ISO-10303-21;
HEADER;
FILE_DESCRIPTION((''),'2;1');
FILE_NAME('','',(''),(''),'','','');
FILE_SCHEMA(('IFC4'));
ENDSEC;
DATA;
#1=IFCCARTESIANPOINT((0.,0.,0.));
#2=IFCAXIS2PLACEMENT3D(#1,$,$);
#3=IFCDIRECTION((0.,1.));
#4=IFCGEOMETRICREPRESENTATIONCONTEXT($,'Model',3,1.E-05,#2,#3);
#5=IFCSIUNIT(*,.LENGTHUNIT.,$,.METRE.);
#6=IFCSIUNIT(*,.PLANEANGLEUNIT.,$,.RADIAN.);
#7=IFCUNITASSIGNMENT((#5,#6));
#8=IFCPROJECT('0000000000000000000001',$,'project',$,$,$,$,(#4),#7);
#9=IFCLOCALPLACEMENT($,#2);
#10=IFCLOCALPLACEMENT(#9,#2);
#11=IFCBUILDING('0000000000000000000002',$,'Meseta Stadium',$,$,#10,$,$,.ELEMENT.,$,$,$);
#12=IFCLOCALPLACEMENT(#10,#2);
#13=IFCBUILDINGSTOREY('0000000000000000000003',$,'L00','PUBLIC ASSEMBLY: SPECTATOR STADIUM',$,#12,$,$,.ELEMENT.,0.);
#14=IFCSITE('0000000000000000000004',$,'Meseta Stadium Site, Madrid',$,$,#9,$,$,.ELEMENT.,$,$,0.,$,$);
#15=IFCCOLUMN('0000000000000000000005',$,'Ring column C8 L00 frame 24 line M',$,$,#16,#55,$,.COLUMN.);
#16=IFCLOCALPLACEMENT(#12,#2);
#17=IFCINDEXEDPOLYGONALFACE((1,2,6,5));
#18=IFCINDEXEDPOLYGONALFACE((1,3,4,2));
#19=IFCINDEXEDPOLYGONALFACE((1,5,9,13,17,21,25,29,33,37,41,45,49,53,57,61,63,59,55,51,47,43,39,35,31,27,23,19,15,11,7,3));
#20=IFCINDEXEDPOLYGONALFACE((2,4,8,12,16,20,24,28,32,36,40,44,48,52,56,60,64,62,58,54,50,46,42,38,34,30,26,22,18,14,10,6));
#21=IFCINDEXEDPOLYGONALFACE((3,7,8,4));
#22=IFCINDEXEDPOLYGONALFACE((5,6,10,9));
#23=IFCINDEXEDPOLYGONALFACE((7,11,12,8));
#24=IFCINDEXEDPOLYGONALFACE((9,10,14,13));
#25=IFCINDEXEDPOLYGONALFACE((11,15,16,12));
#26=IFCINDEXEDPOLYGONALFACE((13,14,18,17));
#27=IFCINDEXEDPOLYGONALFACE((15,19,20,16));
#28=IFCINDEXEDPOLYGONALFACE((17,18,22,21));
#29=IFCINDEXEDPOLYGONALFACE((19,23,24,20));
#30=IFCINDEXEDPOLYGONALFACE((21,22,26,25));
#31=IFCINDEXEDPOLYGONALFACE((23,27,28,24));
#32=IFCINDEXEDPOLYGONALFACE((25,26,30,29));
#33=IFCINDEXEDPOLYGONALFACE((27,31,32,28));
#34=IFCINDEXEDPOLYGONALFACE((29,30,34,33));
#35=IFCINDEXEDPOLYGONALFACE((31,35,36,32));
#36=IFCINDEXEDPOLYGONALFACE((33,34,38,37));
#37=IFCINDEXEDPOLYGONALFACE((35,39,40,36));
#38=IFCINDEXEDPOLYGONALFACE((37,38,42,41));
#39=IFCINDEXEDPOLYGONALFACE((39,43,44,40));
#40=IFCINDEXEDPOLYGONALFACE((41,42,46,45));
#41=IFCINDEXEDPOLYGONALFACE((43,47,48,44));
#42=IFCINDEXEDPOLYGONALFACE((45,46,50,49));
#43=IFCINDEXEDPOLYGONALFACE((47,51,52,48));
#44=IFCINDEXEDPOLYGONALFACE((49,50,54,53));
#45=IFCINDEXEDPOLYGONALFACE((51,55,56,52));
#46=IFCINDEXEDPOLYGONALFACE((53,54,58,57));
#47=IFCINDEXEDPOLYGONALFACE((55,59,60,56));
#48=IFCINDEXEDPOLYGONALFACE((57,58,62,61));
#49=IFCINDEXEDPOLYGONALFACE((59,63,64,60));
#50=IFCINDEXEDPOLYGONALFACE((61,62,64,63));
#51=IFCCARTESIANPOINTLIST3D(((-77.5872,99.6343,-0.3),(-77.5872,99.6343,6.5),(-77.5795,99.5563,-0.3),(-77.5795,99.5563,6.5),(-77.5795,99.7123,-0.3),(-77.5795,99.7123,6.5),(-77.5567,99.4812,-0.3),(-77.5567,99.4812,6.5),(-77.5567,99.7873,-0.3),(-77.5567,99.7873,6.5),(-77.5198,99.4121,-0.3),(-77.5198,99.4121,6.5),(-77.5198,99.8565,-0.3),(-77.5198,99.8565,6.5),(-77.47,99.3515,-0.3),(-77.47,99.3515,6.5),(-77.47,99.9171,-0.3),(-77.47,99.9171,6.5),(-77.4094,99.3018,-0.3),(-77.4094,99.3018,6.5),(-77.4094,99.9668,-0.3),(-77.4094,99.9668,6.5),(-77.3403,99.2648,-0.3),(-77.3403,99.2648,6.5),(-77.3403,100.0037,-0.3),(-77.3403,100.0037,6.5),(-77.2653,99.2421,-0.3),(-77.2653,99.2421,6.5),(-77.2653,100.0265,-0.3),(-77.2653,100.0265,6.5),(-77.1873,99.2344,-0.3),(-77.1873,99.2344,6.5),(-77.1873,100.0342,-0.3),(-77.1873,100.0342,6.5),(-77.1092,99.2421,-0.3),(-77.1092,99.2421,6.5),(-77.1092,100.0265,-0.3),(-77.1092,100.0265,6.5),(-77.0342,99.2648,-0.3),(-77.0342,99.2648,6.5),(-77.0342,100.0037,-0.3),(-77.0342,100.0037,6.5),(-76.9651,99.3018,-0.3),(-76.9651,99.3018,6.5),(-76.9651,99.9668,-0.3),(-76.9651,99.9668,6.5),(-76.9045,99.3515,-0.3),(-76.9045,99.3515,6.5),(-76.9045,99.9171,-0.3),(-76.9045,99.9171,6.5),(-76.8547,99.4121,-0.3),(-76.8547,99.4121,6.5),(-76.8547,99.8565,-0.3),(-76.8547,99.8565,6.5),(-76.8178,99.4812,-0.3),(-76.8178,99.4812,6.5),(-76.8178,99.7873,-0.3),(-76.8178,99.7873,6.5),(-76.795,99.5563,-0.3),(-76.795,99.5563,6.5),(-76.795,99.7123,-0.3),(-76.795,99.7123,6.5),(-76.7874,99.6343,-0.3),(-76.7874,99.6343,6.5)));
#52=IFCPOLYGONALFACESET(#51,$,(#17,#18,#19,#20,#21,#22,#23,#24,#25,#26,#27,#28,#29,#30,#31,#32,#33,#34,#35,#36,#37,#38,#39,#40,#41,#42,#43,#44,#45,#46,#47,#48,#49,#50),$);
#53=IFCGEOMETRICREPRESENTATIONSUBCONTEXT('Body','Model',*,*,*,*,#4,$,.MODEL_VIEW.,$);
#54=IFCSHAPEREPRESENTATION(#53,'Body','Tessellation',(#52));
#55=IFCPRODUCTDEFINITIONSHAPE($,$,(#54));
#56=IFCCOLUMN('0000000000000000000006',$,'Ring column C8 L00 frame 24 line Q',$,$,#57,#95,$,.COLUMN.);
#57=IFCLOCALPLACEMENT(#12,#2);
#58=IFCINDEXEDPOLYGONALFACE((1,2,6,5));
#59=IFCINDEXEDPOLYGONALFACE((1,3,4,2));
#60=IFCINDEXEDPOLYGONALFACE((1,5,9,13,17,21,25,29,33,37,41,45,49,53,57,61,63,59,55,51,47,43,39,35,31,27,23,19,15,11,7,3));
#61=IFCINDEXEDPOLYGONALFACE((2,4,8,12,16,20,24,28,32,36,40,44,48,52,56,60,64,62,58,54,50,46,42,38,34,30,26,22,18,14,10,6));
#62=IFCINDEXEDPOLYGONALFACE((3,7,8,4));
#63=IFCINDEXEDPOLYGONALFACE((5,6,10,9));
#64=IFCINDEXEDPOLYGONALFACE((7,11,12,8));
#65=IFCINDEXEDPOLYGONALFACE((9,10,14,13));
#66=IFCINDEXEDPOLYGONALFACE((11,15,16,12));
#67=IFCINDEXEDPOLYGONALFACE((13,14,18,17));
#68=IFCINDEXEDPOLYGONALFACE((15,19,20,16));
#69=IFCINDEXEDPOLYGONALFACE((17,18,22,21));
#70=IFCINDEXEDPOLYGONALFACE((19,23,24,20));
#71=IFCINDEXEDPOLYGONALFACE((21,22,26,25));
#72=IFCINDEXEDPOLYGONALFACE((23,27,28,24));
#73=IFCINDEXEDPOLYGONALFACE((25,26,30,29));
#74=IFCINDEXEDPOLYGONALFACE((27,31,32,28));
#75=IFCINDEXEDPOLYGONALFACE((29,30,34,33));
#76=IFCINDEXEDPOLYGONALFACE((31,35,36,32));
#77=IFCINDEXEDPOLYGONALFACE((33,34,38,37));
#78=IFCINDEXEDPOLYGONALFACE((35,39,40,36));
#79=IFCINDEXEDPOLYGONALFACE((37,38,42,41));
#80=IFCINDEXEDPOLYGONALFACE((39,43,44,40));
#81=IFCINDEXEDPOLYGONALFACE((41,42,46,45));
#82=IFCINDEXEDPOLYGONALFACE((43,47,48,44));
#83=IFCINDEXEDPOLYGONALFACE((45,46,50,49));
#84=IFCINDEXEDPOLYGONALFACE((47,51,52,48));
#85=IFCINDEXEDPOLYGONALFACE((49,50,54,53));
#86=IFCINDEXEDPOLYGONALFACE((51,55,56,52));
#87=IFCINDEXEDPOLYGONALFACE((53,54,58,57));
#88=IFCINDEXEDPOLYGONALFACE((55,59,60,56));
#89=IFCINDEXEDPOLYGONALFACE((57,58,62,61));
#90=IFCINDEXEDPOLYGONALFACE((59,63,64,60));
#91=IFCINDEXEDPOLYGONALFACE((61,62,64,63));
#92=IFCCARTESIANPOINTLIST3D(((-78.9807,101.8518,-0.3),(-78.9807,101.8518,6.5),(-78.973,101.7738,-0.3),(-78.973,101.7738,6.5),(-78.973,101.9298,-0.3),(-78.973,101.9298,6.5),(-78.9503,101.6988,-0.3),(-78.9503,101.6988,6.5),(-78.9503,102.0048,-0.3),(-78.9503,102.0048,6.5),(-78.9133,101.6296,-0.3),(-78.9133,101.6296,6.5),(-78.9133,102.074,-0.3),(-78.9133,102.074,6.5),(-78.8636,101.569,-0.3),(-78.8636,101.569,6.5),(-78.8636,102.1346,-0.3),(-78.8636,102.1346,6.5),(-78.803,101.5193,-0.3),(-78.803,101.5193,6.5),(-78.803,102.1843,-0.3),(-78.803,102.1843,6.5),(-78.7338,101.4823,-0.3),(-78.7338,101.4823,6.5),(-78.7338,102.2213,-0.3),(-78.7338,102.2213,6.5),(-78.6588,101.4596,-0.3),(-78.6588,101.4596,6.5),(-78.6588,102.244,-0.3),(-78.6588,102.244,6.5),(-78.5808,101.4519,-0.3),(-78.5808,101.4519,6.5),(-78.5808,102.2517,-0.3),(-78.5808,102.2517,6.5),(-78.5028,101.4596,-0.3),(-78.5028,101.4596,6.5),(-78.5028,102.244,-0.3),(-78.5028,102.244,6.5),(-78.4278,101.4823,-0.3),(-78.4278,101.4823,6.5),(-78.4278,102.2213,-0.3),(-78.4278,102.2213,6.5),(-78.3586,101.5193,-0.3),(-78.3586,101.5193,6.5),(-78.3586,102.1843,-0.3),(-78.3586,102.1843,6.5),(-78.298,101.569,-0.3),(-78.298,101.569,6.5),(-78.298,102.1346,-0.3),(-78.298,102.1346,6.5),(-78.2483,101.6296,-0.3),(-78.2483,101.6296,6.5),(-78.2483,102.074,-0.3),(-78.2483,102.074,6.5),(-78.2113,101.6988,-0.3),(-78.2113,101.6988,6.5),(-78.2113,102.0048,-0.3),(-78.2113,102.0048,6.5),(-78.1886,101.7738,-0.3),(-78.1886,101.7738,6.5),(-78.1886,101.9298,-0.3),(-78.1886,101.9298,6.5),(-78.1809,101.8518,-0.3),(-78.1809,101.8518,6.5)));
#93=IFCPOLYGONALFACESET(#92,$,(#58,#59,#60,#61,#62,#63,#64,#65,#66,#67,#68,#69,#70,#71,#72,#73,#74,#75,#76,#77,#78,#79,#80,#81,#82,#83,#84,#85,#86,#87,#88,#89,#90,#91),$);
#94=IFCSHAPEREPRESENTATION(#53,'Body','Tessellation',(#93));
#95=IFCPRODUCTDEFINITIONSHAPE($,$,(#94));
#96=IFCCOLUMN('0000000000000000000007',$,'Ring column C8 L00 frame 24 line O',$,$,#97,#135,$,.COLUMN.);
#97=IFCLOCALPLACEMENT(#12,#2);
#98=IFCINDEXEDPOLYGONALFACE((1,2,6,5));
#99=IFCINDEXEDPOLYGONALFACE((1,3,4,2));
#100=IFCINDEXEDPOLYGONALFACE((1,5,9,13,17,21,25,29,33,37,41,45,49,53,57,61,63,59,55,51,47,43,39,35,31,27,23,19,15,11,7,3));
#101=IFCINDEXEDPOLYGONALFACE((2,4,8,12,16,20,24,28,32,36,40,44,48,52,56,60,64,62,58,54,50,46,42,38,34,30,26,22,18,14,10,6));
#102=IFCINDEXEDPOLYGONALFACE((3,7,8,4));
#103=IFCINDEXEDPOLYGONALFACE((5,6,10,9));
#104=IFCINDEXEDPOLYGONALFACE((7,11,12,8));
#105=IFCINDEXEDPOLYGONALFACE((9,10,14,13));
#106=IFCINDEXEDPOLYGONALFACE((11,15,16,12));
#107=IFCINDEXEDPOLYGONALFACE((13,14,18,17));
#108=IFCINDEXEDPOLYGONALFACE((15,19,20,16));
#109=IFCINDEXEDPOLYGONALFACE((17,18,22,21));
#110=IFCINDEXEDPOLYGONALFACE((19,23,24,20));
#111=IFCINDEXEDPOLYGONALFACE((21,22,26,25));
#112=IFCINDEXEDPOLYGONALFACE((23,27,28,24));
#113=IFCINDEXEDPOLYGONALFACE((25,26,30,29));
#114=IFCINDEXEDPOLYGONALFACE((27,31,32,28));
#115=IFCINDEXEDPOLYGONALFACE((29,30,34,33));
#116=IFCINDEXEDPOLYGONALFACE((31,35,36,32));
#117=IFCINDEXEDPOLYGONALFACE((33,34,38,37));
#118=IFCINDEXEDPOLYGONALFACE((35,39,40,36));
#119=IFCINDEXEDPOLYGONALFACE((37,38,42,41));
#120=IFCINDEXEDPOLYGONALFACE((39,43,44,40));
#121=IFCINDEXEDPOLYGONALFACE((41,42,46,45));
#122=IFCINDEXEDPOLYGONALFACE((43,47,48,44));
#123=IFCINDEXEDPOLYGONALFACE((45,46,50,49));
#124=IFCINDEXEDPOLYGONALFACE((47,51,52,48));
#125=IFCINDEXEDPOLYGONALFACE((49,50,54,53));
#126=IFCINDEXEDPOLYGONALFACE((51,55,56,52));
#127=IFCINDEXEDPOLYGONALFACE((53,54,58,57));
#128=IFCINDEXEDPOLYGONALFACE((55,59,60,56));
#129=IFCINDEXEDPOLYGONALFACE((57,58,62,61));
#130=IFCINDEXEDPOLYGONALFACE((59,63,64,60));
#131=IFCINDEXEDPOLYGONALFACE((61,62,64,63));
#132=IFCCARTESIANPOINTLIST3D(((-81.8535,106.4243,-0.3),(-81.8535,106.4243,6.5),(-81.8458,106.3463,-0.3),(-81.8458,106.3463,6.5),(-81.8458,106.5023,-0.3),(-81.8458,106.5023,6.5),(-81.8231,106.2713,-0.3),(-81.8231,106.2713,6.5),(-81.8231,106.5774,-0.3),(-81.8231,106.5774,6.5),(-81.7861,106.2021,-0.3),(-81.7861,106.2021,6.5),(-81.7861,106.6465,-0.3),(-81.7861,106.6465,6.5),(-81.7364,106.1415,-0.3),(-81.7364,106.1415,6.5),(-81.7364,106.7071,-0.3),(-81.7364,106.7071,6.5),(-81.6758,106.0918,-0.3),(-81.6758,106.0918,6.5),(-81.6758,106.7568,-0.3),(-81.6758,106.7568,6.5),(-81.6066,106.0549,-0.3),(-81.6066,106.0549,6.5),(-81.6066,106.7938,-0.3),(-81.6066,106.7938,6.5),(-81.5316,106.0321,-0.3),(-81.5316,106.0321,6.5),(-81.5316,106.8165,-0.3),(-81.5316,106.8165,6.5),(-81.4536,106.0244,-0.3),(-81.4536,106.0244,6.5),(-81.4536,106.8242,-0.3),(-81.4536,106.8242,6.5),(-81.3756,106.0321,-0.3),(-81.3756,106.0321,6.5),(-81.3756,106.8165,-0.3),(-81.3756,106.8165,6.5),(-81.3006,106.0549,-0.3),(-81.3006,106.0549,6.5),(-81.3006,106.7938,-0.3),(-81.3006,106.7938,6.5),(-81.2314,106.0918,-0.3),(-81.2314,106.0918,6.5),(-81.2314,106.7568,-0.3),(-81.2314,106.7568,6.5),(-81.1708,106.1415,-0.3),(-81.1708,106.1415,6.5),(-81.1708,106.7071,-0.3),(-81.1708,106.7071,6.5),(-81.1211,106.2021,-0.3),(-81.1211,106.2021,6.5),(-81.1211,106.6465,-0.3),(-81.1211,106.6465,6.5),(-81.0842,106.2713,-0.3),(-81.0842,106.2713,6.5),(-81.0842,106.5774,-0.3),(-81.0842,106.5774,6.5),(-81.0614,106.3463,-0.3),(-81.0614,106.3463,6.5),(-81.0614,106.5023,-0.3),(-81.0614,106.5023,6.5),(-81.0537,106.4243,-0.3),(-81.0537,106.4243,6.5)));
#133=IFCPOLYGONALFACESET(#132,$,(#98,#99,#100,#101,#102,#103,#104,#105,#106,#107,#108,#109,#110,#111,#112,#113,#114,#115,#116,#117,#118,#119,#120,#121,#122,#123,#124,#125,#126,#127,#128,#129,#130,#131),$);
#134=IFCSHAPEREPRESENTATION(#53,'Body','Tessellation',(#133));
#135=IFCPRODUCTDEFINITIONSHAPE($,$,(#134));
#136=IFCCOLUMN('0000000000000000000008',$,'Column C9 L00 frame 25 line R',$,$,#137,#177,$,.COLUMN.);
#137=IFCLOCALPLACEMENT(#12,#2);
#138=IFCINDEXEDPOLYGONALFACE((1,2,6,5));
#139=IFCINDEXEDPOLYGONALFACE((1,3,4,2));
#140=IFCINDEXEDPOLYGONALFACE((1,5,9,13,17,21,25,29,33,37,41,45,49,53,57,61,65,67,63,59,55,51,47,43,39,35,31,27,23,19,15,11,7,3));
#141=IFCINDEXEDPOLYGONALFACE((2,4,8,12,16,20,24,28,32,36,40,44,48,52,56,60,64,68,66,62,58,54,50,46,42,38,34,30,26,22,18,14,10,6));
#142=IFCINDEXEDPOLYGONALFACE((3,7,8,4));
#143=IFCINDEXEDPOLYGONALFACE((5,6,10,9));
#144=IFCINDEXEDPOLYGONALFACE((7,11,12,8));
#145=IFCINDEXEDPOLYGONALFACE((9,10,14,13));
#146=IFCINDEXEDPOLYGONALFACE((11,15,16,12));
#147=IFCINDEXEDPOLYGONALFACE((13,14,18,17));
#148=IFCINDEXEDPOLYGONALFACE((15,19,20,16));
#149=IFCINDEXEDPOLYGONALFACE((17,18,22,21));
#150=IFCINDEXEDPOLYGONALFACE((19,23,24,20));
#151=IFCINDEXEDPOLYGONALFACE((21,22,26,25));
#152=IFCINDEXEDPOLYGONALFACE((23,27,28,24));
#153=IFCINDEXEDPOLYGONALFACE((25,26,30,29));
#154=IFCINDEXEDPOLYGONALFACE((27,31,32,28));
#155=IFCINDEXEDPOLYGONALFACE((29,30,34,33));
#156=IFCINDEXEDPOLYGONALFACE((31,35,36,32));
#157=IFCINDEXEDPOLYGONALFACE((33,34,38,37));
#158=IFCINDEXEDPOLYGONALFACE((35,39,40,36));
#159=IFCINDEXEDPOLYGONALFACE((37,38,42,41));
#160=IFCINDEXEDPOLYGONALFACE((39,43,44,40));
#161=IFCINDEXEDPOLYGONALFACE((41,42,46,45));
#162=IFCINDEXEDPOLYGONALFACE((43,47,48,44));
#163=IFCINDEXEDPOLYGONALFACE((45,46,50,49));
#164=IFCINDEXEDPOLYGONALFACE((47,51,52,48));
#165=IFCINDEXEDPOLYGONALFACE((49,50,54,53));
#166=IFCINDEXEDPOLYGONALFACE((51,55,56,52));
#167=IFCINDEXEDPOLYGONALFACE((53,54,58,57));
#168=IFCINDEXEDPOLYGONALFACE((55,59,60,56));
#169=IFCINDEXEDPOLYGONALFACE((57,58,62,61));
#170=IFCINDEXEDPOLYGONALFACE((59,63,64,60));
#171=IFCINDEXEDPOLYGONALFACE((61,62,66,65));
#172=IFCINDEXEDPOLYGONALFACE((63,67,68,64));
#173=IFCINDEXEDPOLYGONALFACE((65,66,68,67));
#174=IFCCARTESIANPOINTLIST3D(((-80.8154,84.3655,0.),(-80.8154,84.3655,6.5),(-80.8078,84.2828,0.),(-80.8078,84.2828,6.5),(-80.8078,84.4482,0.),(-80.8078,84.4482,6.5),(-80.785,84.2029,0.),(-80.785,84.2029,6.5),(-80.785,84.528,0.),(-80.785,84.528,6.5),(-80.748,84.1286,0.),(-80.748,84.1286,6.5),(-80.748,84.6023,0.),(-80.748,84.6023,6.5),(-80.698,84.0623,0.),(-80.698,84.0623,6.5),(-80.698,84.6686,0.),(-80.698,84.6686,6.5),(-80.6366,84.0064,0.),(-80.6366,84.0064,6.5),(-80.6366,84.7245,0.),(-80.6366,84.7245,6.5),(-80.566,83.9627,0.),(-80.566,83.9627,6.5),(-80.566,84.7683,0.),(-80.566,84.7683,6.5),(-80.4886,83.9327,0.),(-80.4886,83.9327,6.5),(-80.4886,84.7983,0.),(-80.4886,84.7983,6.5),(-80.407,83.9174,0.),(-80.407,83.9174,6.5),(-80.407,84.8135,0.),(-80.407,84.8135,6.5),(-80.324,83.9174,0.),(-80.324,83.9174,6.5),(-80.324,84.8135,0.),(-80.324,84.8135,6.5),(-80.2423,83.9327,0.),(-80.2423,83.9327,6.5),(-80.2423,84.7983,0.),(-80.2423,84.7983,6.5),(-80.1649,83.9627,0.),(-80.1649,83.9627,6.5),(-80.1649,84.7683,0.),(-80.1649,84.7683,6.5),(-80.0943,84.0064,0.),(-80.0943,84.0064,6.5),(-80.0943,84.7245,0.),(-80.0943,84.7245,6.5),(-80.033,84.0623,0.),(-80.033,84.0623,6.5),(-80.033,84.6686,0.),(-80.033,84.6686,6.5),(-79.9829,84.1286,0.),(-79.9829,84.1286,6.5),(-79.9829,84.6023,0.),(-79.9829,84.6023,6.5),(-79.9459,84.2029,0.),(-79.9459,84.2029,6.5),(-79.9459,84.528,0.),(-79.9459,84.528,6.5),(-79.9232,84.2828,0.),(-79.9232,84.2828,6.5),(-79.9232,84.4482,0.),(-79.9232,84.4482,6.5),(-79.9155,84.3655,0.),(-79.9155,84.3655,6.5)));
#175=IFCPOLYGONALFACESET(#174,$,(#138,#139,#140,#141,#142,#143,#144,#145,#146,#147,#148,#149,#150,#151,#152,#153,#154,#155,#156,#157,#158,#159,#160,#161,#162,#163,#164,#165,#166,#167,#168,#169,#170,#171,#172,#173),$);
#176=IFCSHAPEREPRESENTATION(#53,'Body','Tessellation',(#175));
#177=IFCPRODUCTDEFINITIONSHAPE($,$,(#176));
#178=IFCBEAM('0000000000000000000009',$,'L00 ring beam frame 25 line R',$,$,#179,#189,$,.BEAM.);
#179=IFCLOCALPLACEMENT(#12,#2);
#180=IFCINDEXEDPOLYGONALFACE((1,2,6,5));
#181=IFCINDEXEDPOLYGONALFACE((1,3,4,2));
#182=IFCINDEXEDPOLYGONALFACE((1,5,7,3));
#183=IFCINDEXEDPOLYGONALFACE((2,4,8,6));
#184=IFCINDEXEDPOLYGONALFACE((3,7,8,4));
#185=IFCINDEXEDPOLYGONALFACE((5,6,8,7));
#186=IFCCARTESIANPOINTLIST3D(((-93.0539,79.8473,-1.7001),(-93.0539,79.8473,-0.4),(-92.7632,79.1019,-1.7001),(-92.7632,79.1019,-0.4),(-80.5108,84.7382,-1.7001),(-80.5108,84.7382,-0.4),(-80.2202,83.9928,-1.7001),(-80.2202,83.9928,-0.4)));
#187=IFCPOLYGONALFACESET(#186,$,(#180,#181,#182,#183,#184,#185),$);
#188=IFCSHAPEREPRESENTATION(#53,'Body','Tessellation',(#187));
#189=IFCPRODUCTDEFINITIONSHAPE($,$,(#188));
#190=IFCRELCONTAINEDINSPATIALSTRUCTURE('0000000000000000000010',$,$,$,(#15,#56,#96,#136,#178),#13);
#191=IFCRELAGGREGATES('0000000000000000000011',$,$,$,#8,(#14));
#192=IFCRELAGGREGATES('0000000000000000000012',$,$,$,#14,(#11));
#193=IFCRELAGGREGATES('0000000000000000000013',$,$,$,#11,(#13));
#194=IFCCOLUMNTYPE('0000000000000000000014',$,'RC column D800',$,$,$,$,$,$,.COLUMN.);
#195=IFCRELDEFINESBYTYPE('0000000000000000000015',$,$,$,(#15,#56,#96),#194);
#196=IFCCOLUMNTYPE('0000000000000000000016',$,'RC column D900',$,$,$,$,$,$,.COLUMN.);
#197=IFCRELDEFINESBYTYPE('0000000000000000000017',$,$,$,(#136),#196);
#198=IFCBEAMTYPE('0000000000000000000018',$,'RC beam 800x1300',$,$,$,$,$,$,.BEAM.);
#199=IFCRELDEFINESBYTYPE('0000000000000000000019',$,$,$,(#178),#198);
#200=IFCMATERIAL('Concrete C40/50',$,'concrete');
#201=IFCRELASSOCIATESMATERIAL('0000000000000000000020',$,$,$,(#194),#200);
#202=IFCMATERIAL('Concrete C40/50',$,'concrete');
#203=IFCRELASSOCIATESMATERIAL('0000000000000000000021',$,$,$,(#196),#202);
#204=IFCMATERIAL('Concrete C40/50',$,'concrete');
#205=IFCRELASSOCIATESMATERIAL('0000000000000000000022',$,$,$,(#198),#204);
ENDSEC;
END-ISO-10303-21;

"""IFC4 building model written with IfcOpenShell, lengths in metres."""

from ifc_helpers import new_model, si_unit, direction, frame, origin, origin_2d, place, context, subcontext, project, spatial, rectangle, circle, extrude, material, material_profile, profile_set, type_object, element, save


model = new_model("IFC4")

# Units and contexts
model_context = context("Model", 3, precision=1e-05, world=origin(), true_north=direction((0.0, 1.0)))
body_context = subcontext(model_context, "Body", "Model", "MODEL_VIEW")
ifc_project = project(units=[si_unit("LENGTHUNIT", "METRE"), si_unit("PLANEANGLEUNIT", "RADIAN")], contexts=[model_context])

# Site, building, storey
site_placement = place(None, origin())
site = spatial("IfcSite", under=ifc_project, at=site_placement, Name="Meseta Stadium Site, Madrid", CompositionType="ELEMENT", RefElevation=0.0)
building_placement = place(site_placement, origin())
building = spatial("IfcBuilding", under=site, at=building_placement, Name="Meseta Stadium", CompositionType="ELEMENT")
storey_placement = place(building_placement, origin())
storey = spatial("IfcBuildingStorey", under=building, at=storey_placement, Name="L00", Description="PUBLIC ASSEMBLY: SPECTATOR STADIUM", CompositionType="ELEMENT", Elevation=0.0)

# Columns
ifc_material_1 = material(Name="Concrete C40/50", Category="concrete")
ifc_material_profile_1 = material_profile(ifc_material_1, circle(Radius=0.3999, at=origin_2d()), Name="RC D800")
ifc_profile_set_1 = profile_set([ifc_material_profile_1], Name="Concrete C40/50")
column_type_1 = type_object("IfcColumnType", Name="RC column D800", PredefinedType="COLUMN", material=ifc_profile_set_1)
for number, where, z_axis, x_axis, name in (
    (1, (-77.1873, 99.6343, -0.3), (0.0, 0.0, 1.0), (1.0, 0.0, 0.0), "Ring column C8 L00 frame 24 line M"),
    (2, (-78.5808, 101.8518, -0.3), (0.0, 0.0, 1.0), (1.0, 0.0, 0.0), "Ring column C8 L00 frame 24 line Q"),
    (3, (-81.4536, 106.4243, -0.3), (0.0, 0.0, 1.0), (1.0, 0.0, 0.0), "Ring column C8 L00 frame 24 line O"),
):
    element("IfcColumn", number, at=place(storey_placement, frame(where, z_axis=z_axis, x_axis=x_axis)), inside=storey, type_object=column_type_1, Name=name, PredefinedType="COLUMN", context=body_context, shape_type="SweptSolid", body=[
        extrude(circle(Radius=0.3999, at=origin_2d()), origin(), (0.0, 0.0, 1.0), 6.8),
    ])
ifc_material_2 = material(Name="Concrete C40/50", Category="concrete")
ifc_material_profile_2 = material_profile(ifc_material_2, circle(Radius=0.45, at=origin_2d()), Name="RC D900")
ifc_profile_set_2 = profile_set([ifc_material_profile_2], Name="Concrete C40/50")
column_type_2 = type_object("IfcColumnType", Name="RC column D900", PredefinedType="COLUMN", material=ifc_profile_set_2)
column_placement = place(storey_placement, frame((-80.3655, 84.3655, 0.0), z_axis=(0.0, 0.0, 1.0), x_axis=(1.0, 0.0, 0.0)))
element("IfcColumn", 4, at=column_placement, inside=storey, type_object=column_type_2, Name="Column C9 L00 frame 25 line R", PredefinedType="COLUMN", context=body_context, shape_type="SweptSolid", body=[
    extrude(circle(Radius=0.45, at=origin_2d()), origin(), (0.0, 0.0, 1.0), 6.5),
])

# Beam
ifc_material_3 = material(Name="Concrete C40/50", Category="concrete")
ifc_material_profile_3 = material_profile(ifc_material_3, rectangle(XDim=0.8, YDim=1.3, at=origin_2d()), Name="RC 800x1300")
ifc_profile_set_3 = profile_set([ifc_material_profile_3], Name="Concrete C40/50")
beam_type = type_object("IfcBeamType", Name="RC beam 800x1300", PredefinedType="BEAM", material=ifc_profile_set_3)
beam_placement = place(storey_placement, frame((-80.3655, 84.3655, -1.05), z_axis=(-0.931677, -0.363288, 0.0), x_axis=(0.363288, -0.931677, 0.0)))
element("IfcBeam", 5, at=beam_placement, inside=storey, type_object=beam_type, Name="L00 ring beam frame 25 line R", PredefinedType="BEAM", context=body_context, shape_type="SweptSolid", body=[
    extrude(rectangle(XDim=0.8, YDim=1.3, at=origin_2d()), origin(), (0.0, 0.0, 1.0), 13.4629),
])

save(model, "model.ifc")
